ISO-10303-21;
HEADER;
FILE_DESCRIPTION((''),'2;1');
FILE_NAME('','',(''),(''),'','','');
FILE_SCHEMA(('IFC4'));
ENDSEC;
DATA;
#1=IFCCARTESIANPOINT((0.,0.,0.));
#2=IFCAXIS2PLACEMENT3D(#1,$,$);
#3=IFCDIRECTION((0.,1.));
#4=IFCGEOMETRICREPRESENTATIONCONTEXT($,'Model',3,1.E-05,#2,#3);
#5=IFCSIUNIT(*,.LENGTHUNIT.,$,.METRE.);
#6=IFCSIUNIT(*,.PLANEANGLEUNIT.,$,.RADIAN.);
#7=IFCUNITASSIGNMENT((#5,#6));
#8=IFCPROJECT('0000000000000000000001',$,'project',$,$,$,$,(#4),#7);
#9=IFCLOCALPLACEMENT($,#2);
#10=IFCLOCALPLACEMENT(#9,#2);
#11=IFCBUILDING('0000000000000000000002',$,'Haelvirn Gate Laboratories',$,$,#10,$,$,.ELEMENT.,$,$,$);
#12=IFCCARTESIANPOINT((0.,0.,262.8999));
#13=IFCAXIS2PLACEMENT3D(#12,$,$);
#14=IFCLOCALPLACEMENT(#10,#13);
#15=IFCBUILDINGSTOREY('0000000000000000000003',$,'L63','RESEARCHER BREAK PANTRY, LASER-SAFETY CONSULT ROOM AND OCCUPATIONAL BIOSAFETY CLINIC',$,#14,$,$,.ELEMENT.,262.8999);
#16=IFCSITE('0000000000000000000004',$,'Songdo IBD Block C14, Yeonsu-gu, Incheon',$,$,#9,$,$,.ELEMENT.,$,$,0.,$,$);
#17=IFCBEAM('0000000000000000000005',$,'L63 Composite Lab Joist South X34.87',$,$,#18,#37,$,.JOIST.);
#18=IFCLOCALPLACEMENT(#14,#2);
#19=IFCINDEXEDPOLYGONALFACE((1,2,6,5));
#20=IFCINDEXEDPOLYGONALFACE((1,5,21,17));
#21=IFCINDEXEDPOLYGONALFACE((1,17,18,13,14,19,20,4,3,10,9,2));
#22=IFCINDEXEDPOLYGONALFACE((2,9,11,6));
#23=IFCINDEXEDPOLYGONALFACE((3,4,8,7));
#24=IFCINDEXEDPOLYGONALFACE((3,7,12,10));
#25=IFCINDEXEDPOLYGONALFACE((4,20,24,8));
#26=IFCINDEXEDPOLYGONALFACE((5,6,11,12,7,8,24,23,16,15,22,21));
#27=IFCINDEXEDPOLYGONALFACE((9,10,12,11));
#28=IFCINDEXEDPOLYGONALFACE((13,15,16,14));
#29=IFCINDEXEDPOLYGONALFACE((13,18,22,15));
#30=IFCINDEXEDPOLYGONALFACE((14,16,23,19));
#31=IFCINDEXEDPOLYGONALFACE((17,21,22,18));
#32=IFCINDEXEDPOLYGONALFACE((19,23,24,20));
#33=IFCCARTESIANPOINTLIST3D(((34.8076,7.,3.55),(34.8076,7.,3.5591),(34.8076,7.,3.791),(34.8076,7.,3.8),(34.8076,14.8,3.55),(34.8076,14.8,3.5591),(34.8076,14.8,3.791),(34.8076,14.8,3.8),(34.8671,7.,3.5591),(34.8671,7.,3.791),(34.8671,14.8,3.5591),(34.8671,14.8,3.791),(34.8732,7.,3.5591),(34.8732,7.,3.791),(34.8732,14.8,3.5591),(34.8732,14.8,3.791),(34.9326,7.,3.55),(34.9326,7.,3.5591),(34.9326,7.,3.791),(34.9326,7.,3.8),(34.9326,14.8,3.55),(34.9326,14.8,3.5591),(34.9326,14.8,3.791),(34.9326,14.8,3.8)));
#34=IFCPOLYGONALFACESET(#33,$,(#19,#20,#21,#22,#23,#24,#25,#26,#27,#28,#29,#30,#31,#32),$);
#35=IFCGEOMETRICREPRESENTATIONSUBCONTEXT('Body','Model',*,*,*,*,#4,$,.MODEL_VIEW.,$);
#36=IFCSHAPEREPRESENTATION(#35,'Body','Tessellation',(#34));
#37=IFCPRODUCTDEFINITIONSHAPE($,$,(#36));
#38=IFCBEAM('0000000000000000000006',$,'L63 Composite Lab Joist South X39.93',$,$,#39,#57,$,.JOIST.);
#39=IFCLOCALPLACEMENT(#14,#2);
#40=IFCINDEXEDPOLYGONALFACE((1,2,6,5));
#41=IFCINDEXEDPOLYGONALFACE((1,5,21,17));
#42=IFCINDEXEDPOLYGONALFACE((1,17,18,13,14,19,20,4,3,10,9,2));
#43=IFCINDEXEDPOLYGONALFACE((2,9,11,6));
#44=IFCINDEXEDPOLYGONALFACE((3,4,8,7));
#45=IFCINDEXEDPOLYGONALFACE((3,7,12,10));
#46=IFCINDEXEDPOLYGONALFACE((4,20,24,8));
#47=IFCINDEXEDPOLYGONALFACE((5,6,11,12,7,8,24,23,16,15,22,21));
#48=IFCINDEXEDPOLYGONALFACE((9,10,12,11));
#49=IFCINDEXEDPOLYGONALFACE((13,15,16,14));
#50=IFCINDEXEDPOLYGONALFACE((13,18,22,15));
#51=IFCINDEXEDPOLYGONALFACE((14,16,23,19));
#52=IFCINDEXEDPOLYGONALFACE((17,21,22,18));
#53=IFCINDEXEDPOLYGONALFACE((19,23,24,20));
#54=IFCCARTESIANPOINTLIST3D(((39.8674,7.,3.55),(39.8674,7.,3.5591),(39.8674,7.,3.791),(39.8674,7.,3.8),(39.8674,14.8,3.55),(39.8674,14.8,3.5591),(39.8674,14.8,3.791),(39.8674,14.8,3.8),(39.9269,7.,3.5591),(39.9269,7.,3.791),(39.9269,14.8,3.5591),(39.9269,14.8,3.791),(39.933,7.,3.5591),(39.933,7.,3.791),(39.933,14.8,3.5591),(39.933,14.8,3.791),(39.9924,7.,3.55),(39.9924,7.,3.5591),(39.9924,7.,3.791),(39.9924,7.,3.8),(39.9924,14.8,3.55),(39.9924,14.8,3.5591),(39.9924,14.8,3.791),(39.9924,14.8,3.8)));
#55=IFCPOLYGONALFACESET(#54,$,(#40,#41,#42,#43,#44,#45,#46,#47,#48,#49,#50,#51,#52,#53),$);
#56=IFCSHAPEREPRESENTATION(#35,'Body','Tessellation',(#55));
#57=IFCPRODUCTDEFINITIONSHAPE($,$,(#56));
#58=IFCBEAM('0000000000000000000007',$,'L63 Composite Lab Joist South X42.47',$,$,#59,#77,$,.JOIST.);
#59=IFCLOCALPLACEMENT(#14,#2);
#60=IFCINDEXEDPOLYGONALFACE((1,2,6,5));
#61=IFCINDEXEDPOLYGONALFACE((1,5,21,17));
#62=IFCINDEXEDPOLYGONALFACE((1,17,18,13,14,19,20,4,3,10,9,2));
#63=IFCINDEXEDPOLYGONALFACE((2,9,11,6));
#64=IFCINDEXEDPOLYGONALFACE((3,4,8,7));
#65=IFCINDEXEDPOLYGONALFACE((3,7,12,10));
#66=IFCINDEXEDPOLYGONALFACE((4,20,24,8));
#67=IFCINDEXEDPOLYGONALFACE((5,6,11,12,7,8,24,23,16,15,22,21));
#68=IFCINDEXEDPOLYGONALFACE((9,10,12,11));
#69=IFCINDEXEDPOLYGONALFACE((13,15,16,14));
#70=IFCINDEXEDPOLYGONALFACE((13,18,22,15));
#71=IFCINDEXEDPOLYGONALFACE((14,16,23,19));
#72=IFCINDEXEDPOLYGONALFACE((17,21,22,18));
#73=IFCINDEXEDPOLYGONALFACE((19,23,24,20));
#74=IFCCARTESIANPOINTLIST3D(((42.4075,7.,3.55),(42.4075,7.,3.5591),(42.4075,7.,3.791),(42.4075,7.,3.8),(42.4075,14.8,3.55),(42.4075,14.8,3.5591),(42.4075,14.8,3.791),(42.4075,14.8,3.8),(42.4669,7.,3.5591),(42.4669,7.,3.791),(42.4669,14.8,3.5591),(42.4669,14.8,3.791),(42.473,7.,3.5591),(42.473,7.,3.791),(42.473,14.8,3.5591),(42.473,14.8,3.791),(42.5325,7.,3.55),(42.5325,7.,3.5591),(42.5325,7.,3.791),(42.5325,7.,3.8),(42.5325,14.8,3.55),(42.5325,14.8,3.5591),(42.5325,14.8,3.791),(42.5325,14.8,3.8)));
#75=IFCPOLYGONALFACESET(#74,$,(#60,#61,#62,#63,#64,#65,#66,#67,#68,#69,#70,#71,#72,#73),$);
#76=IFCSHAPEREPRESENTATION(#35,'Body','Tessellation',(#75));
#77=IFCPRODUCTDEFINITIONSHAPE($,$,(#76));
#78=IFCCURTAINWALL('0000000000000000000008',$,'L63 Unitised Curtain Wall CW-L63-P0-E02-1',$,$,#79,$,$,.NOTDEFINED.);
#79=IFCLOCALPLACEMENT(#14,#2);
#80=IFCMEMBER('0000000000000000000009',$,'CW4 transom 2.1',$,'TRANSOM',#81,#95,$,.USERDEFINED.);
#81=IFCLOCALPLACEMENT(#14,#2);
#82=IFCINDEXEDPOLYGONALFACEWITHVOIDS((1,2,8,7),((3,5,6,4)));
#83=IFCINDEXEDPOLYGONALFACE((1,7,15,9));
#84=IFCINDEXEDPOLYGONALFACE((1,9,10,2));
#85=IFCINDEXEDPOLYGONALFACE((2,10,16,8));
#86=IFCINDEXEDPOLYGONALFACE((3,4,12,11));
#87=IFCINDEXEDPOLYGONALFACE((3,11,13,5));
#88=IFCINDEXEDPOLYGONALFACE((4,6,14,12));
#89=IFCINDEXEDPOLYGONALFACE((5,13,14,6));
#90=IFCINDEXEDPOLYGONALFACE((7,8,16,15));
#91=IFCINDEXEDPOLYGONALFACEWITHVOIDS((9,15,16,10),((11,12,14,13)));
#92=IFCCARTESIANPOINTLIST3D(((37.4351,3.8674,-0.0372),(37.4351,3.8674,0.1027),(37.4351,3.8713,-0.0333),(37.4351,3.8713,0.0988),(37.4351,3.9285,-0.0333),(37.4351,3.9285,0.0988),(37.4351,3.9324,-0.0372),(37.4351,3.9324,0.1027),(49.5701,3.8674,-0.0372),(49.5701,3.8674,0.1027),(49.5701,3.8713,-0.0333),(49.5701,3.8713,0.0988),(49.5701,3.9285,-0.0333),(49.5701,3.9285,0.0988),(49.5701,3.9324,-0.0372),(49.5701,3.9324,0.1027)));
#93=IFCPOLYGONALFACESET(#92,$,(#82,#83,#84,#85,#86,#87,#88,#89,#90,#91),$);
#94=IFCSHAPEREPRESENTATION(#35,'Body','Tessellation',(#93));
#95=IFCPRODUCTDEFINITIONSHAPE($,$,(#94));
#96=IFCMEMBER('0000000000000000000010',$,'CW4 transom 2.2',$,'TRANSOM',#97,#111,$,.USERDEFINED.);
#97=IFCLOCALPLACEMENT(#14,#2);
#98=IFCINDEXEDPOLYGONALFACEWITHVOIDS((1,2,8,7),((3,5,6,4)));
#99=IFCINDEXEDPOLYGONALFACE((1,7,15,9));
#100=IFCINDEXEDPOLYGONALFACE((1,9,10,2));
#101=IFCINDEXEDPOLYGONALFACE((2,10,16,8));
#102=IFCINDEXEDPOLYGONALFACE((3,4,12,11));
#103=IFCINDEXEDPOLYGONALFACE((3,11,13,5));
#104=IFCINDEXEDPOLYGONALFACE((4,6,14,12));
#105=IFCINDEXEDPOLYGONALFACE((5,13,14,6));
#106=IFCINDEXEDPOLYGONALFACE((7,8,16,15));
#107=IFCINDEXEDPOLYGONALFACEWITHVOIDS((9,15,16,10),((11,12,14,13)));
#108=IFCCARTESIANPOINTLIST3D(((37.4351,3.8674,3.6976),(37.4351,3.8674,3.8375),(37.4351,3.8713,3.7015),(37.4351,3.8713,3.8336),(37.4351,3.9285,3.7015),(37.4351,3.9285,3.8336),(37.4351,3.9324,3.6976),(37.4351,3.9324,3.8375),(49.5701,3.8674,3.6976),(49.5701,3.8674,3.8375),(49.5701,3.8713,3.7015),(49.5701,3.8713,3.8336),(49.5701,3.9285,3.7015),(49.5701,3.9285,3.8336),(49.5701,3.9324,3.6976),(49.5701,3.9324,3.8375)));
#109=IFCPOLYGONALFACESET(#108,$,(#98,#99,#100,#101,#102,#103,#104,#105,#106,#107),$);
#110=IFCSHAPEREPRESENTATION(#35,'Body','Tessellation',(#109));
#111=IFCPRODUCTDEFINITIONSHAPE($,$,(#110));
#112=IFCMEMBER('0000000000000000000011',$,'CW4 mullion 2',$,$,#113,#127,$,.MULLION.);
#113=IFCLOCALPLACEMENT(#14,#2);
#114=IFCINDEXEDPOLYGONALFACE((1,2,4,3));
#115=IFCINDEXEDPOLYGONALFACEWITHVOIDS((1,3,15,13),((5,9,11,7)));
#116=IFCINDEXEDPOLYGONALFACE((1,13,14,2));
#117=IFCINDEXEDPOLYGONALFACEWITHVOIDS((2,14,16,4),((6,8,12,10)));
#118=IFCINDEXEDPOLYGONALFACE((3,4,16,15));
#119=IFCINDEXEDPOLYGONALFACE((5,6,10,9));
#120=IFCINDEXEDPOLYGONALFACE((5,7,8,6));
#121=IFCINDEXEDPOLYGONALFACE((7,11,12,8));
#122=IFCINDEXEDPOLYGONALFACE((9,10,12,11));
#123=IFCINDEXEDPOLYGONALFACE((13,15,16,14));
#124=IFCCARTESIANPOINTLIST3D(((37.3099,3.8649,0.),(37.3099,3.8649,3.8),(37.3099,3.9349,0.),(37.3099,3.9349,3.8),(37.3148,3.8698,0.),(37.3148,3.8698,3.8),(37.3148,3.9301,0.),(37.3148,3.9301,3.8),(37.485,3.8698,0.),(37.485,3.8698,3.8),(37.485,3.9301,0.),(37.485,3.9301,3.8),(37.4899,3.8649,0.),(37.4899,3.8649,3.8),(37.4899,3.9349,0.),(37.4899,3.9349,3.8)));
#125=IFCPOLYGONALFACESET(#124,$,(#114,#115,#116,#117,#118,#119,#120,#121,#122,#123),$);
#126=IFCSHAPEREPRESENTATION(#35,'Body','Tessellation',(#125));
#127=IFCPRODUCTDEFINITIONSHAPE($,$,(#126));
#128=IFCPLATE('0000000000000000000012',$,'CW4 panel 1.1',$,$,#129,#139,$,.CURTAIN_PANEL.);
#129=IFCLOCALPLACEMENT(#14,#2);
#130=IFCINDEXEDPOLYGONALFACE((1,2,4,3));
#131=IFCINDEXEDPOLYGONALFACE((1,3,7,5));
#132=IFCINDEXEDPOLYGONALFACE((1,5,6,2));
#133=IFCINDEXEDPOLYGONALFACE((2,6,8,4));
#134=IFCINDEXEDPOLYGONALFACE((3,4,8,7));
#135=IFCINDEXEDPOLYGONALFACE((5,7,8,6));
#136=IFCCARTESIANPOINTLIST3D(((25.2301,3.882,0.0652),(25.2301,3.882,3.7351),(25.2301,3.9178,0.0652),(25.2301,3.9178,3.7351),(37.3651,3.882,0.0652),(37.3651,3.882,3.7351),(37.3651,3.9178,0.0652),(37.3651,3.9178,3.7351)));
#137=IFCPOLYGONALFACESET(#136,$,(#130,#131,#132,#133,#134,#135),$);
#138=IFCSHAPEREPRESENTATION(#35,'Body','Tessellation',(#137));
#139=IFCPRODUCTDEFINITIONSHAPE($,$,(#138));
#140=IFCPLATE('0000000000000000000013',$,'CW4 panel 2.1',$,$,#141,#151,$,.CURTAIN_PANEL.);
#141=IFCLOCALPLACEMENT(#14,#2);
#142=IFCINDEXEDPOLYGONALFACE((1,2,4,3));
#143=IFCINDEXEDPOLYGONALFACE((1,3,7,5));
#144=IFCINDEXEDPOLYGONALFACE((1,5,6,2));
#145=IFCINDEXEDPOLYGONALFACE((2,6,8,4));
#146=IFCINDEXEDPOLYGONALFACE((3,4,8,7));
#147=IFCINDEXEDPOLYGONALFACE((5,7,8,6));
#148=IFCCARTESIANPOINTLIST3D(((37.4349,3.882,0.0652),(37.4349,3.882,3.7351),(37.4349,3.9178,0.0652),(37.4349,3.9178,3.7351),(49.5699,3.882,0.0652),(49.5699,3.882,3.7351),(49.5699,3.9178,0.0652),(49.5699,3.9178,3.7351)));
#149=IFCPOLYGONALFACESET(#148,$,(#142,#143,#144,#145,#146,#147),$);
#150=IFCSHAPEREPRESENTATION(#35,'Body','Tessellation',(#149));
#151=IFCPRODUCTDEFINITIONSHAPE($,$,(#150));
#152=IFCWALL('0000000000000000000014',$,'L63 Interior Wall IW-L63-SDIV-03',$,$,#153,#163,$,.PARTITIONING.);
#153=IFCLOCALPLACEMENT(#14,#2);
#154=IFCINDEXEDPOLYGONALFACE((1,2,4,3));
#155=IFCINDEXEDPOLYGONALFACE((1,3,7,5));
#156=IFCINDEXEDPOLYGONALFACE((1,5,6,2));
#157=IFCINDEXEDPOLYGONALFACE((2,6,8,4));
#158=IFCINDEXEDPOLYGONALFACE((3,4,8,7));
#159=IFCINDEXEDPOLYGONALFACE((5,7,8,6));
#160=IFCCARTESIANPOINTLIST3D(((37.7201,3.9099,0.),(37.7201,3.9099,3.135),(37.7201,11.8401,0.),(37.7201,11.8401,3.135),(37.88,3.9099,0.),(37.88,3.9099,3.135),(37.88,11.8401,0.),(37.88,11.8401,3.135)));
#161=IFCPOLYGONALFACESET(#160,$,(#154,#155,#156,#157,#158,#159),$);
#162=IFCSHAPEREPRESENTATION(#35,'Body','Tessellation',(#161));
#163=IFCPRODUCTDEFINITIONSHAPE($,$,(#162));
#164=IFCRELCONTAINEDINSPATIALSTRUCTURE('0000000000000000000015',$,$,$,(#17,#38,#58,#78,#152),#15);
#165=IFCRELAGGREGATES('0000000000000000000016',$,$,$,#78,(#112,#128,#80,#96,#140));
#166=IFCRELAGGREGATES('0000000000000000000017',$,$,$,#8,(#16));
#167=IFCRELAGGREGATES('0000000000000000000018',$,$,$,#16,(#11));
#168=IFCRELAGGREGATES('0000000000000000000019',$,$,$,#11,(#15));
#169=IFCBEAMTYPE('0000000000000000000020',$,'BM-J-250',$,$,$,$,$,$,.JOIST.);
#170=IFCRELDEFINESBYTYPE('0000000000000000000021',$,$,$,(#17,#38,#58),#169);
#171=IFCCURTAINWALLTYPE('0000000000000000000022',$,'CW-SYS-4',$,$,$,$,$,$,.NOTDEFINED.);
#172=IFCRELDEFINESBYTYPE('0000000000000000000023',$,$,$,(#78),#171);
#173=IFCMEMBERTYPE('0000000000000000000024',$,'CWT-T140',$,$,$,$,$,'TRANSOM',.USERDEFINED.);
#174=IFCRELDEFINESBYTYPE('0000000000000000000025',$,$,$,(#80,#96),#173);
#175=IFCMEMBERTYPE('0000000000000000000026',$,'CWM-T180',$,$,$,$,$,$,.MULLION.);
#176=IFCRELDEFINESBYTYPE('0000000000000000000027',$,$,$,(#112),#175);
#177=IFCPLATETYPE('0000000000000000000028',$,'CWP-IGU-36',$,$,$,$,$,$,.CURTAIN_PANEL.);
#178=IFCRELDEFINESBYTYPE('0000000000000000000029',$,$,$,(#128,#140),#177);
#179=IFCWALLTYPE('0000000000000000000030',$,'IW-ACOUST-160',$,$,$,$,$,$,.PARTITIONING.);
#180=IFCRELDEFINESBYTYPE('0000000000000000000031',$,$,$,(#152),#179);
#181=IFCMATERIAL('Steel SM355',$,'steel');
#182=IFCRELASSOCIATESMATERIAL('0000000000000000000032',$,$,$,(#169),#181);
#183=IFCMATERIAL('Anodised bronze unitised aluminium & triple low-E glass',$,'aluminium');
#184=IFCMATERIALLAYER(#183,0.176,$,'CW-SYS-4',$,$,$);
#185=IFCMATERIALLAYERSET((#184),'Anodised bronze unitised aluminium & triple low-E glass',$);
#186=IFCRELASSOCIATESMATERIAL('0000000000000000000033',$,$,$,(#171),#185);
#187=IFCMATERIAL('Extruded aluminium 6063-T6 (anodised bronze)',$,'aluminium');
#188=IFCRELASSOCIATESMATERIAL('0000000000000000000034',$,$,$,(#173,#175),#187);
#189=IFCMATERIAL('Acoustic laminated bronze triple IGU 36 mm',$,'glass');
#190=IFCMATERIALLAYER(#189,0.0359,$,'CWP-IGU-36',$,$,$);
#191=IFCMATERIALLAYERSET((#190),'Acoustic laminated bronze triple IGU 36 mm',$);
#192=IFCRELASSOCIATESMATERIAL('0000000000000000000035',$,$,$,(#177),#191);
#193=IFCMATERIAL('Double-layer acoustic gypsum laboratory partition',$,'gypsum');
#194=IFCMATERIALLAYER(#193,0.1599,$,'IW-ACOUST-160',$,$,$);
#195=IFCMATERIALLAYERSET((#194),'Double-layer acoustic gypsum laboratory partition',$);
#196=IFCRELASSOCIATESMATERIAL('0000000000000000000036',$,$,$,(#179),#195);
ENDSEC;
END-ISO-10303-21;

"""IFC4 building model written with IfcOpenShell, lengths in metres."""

from ifc_helpers import new_model, si_unit, direction, frame, frame_2d, origin, origin_2d, place, context, subcontext, project, spatial, rectangle, hollow_rectangle, i_section, extrude, source, transform, mapped, material, layer, layer_set, material_profile, profile_set, type_object, type_shapes, element, aggregate, save


model = new_model("IFC4")

# Units and contexts
model_context = context("Model", 3, precision=1e-05, world=origin(), true_north=direction((0.0, 1.0)))
body_context = subcontext(model_context, "Body", "Model", "MODEL_VIEW")
ifc_project = project(units=[si_unit("LENGTHUNIT", "METRE"), si_unit("PLANEANGLEUNIT", "RADIAN")], contexts=[model_context])

# Site, building, storey
site_placement = place(None, origin())
site = spatial("IfcSite", under=ifc_project, at=site_placement, Name="Songdo IBD Block C14, Yeonsu-gu, Incheon", CompositionType="ELEMENT", RefElevation=0.0)
building_placement = place(site_placement, origin())
building = spatial("IfcBuilding", under=site, at=building_placement, Name="Haelvirn Gate Laboratories", CompositionType="ELEMENT")
storey_placement = place(building_placement, frame((0.0, 0.0, 262.8999)))
storey = spatial("IfcBuildingStorey", under=building, at=storey_placement, Name="L63", Description="RESEARCHER BREAK PANTRY, LASER-SAFETY CONSULT ROOM AND OCCUPATIONAL BIOSAFETY CLINIC", CompositionType="ELEMENT", Elevation=262.8999)

# Shared definitions
ifc_material_1 = material(Name="Steel SM355", Category="steel")

# Beams
ifc_material_profile_1 = material_profile(ifc_material_1, i_section(OverallWidth=0.125, OverallDepth=0.25, WebThickness=0.0061, FlangeThickness=0.009, at=origin_2d()), Name="H-250x125x6x9")
ifc_profile_set_1 = profile_set([ifc_material_profile_1], Name="Steel SM355")
beam_type_1 = type_object("IfcBeamType", Name="BM-J-250", PredefinedType="JOIST", material=ifc_profile_set_1)
shared_shape_1 = source(origin(), body_context, "Body", "SweptSolid", [
    extrude(i_section(OverallWidth=0.125, OverallDepth=0.25, WebThickness=0.0061, FlangeThickness=0.009, at=origin_2d()), origin(), (0.0, 0.0, 1.0), 7.8),
])
type_shapes(beam_type_1, [shared_shape_1])
for number, where, z_axis, x_axis, name in (
    (1, (34.8701, 7.0, 3.675), (0.0, 1.0, 0.0), (-1.0, 0.0, 0.0), "L63 Composite Lab Joist South X34.87"),
    (2, (39.9299, 7.0, 3.675), (0.0, 1.0, 0.0), (-1.0, 0.0, 0.0), "L63 Composite Lab Joist South X39.93"),
    (3, (42.47, 7.0, 3.675), (0.0, 1.0, 0.0), (-1.0, 0.0, 0.0), "L63 Composite Lab Joist South X42.47"),
):
    element("IfcBeam", number, at=place(storey_placement, frame(where, z_axis=z_axis, x_axis=x_axis)), inside=storey, type_object=beam_type_1, Name=name, PredefinedType="JOIST", context=body_context, shape_type="MappedRepresentation", body=[
        mapped(shared_shape_1, transform((0.0, 0.0, 0.0), scale=1.0)),
    ])

# Curtain wall, members, plates
ifc_material_2 = material(Name="Anodised bronze unitised aluminium & triple low-E glass", Category="aluminium")
ifc_layer_1 = layer(ifc_material_2, 0.176, Name="CW-SYS-4")
ifc_layer_set_1 = layer_set([ifc_layer_1], Name="Anodised bronze unitised aluminium & triple low-E glass")
curtain_wall_type = type_object("IfcCurtainWallType", Name="CW-SYS-4", PredefinedType="NOTDEFINED", material=ifc_layer_set_1)
curtain_wall_placement = place(storey_placement, origin())
curtain_wall = element("IfcCurtainWall", 4, at=curtain_wall_placement, inside=storey, type_object=curtain_wall_type, Name="L63 Unitised Curtain Wall CW-L63-P0-E02-1", PredefinedType="NOTDEFINED")
ifc_material_3 = material(Name="Extruded aluminium 6063-T6 (anodised bronze)", Category="aluminium")
ifc_material_profile_2 = material_profile(ifc_material_3, hollow_rectangle(XDim=0.0649, YDim=0.1399, WallThickness=0.0039, at=origin_2d()), Name="CWT-140x65x4")
ifc_profile_set_2 = profile_set([ifc_material_profile_2], Name="Extruded aluminium 6063-T6 (anodised bronze)")
member_type_1 = type_object("IfcMemberType", Name="CWT-T140", ElementType="TRANSOM", PredefinedType="USERDEFINED", material=ifc_profile_set_2)
shared_shape_2 = source(origin(), body_context, "Body", "SweptSolid", [
    extrude(hollow_rectangle(XDim=0.0649, YDim=0.1399, WallThickness=0.0039, at=origin_2d()), origin(), (0.0, 0.0, 1.0), 12.135),
])
type_shapes(member_type_1, [shared_shape_2])
member_1_placement = place(storey_placement, frame((37.4351, 3.8999, 0.0327), z_axis=(1.0, 0.0, 0.0), x_axis=(0.0, 1.0, 0.0)))
member_1 = element("IfcMember", 5, at=member_1_placement, type_object=member_type_1, Name="CW4 transom 2.1", ObjectType="TRANSOM", PredefinedType="USERDEFINED", context=body_context, shape_type="MappedRepresentation", body=[
    mapped(shared_shape_2, transform((0.0, 0.0, 0.0), scale=1.0)),
])
member_2_placement = place(storey_placement, frame((37.4351, 3.8999, 3.7676), z_axis=(1.0, 0.0, 0.0), x_axis=(0.0, 1.0, 0.0)))
member_2 = element("IfcMember", 6, at=member_2_placement, type_object=member_type_1, Name="CW4 transom 2.2", ObjectType="TRANSOM", PredefinedType="USERDEFINED", context=body_context, shape_type="MappedRepresentation", body=[
    mapped(shared_shape_2, transform((0.0, 0.0, 0.0), scale=1.0)),
])
ifc_material_profile_3 = material_profile(ifc_material_3, hollow_rectangle(XDim=0.0701, YDim=0.1799, WallThickness=0.0049, at=origin_2d()), Name="CWM-180x70x5")
ifc_profile_set_3 = profile_set([ifc_material_profile_3], Name="Extruded aluminium 6063-T6 (anodised bronze)")
member_type_2 = type_object("IfcMemberType", Name="CWM-T180", PredefinedType="MULLION", material=ifc_profile_set_3)
shared_shape_3 = source(origin(), body_context, "Body", "SweptSolid", [
    extrude(hollow_rectangle(XDim=0.0701, YDim=0.1799, WallThickness=0.0049, at=origin_2d()), origin(), (0.0, 0.0, 1.0), 3.8),
])
type_shapes(member_type_2, [shared_shape_3])
member_3_placement = place(storey_placement, frame((37.3999, 3.8999, 0.0), z_axis=(0.0, 0.0, 1.0), x_axis=(0.0, 1.0, 0.0)))
member_3 = element("IfcMember", 7, at=member_3_placement, type_object=member_type_2, Name="CW4 mullion 2", PredefinedType="MULLION", context=body_context, shape_type="MappedRepresentation", body=[
    mapped(shared_shape_3, transform((0.0, 0.0, 0.0), scale=1.0)),
])
ifc_material_4 = material(Name="Acoustic laminated bronze triple IGU 36 mm", Category="glass")
ifc_layer_2 = layer(ifc_material_4, 0.0359, Name="CWP-IGU-36")
ifc_layer_set_2 = layer_set([ifc_layer_2], Name="Acoustic laminated bronze triple IGU 36 mm")
plate_type = type_object("IfcPlateType", Name="CWP-IGU-36", PredefinedType="CURTAIN_PANEL", material=ifc_layer_set_2)
shared_shape_4 = source(origin(), body_context, "Body", "SweptSolid", [
    extrude(rectangle(XDim=12.135, YDim=0.0359, at=origin_2d()), origin(), (0.0, 0.0, 1.0), 3.6699),
])
type_shapes(plate_type, [shared_shape_4])
plate_1_placement = place(storey_placement, frame((31.2976, 3.8999, 0.0652), z_axis=(0.0, 0.0, 1.0), x_axis=(1.0, 0.0, 0.0)))
plate_1 = element("IfcPlate", 8, at=plate_1_placement, type_object=plate_type, Name="CW4 panel 1.1", PredefinedType="CURTAIN_PANEL", context=body_context, shape_type="MappedRepresentation", body=[
    mapped(shared_shape_4, transform((0.0, 0.0, 0.0), scale=1.0)),
])
plate_2_placement = place(storey_placement, frame((43.5024, 3.8999, 0.0652), z_axis=(0.0, 0.0, 1.0), x_axis=(1.0, 0.0, 0.0)))
plate_2 = element("IfcPlate", 9, at=plate_2_placement, type_object=plate_type, Name="CW4 panel 2.1", PredefinedType="CURTAIN_PANEL", context=body_context, shape_type="MappedRepresentation", body=[
    mapped(shared_shape_4, transform((0.0, 0.0, 0.0), scale=1.0)),
])
aggregate(curtain_wall, [member_3, plate_1, member_1, member_2, plate_2])

# Wall
ifc_material_5 = material(Name="Double-layer acoustic gypsum laboratory partition", Category="gypsum")
ifc_layer_3 = layer(ifc_material_5, 0.1599, Name="IW-ACOUST-160")
ifc_layer_set_3 = layer_set([ifc_layer_3], Name="Double-layer acoustic gypsum laboratory partition")
wall_type_1 = type_object("IfcWallType", Name="IW-ACOUST-160", PredefinedType="PARTITIONING", material=ifc_layer_set_3)
wall_1_placement = place(storey_placement, frame((37.8, 3.9099, 0.0), z_axis=(0.0, 0.0, 1.0), x_axis=(0.0, 1.0, 0.0)))
element("IfcWall", 10, at=wall_1_placement, inside=storey, type_object=wall_type_1, Name="L63 Interior Wall IW-L63-SDIV-03", PredefinedType="PARTITIONING", context=body_context, shape_type="SweptSolid", body=[
    extrude(rectangle(XDim=7.9302, YDim=0.1599, at=frame_2d((3.9651, 0.0))), origin(), (0.0, 0.0, 1.0), 3.135),
])

save(model, "model.ifc")
